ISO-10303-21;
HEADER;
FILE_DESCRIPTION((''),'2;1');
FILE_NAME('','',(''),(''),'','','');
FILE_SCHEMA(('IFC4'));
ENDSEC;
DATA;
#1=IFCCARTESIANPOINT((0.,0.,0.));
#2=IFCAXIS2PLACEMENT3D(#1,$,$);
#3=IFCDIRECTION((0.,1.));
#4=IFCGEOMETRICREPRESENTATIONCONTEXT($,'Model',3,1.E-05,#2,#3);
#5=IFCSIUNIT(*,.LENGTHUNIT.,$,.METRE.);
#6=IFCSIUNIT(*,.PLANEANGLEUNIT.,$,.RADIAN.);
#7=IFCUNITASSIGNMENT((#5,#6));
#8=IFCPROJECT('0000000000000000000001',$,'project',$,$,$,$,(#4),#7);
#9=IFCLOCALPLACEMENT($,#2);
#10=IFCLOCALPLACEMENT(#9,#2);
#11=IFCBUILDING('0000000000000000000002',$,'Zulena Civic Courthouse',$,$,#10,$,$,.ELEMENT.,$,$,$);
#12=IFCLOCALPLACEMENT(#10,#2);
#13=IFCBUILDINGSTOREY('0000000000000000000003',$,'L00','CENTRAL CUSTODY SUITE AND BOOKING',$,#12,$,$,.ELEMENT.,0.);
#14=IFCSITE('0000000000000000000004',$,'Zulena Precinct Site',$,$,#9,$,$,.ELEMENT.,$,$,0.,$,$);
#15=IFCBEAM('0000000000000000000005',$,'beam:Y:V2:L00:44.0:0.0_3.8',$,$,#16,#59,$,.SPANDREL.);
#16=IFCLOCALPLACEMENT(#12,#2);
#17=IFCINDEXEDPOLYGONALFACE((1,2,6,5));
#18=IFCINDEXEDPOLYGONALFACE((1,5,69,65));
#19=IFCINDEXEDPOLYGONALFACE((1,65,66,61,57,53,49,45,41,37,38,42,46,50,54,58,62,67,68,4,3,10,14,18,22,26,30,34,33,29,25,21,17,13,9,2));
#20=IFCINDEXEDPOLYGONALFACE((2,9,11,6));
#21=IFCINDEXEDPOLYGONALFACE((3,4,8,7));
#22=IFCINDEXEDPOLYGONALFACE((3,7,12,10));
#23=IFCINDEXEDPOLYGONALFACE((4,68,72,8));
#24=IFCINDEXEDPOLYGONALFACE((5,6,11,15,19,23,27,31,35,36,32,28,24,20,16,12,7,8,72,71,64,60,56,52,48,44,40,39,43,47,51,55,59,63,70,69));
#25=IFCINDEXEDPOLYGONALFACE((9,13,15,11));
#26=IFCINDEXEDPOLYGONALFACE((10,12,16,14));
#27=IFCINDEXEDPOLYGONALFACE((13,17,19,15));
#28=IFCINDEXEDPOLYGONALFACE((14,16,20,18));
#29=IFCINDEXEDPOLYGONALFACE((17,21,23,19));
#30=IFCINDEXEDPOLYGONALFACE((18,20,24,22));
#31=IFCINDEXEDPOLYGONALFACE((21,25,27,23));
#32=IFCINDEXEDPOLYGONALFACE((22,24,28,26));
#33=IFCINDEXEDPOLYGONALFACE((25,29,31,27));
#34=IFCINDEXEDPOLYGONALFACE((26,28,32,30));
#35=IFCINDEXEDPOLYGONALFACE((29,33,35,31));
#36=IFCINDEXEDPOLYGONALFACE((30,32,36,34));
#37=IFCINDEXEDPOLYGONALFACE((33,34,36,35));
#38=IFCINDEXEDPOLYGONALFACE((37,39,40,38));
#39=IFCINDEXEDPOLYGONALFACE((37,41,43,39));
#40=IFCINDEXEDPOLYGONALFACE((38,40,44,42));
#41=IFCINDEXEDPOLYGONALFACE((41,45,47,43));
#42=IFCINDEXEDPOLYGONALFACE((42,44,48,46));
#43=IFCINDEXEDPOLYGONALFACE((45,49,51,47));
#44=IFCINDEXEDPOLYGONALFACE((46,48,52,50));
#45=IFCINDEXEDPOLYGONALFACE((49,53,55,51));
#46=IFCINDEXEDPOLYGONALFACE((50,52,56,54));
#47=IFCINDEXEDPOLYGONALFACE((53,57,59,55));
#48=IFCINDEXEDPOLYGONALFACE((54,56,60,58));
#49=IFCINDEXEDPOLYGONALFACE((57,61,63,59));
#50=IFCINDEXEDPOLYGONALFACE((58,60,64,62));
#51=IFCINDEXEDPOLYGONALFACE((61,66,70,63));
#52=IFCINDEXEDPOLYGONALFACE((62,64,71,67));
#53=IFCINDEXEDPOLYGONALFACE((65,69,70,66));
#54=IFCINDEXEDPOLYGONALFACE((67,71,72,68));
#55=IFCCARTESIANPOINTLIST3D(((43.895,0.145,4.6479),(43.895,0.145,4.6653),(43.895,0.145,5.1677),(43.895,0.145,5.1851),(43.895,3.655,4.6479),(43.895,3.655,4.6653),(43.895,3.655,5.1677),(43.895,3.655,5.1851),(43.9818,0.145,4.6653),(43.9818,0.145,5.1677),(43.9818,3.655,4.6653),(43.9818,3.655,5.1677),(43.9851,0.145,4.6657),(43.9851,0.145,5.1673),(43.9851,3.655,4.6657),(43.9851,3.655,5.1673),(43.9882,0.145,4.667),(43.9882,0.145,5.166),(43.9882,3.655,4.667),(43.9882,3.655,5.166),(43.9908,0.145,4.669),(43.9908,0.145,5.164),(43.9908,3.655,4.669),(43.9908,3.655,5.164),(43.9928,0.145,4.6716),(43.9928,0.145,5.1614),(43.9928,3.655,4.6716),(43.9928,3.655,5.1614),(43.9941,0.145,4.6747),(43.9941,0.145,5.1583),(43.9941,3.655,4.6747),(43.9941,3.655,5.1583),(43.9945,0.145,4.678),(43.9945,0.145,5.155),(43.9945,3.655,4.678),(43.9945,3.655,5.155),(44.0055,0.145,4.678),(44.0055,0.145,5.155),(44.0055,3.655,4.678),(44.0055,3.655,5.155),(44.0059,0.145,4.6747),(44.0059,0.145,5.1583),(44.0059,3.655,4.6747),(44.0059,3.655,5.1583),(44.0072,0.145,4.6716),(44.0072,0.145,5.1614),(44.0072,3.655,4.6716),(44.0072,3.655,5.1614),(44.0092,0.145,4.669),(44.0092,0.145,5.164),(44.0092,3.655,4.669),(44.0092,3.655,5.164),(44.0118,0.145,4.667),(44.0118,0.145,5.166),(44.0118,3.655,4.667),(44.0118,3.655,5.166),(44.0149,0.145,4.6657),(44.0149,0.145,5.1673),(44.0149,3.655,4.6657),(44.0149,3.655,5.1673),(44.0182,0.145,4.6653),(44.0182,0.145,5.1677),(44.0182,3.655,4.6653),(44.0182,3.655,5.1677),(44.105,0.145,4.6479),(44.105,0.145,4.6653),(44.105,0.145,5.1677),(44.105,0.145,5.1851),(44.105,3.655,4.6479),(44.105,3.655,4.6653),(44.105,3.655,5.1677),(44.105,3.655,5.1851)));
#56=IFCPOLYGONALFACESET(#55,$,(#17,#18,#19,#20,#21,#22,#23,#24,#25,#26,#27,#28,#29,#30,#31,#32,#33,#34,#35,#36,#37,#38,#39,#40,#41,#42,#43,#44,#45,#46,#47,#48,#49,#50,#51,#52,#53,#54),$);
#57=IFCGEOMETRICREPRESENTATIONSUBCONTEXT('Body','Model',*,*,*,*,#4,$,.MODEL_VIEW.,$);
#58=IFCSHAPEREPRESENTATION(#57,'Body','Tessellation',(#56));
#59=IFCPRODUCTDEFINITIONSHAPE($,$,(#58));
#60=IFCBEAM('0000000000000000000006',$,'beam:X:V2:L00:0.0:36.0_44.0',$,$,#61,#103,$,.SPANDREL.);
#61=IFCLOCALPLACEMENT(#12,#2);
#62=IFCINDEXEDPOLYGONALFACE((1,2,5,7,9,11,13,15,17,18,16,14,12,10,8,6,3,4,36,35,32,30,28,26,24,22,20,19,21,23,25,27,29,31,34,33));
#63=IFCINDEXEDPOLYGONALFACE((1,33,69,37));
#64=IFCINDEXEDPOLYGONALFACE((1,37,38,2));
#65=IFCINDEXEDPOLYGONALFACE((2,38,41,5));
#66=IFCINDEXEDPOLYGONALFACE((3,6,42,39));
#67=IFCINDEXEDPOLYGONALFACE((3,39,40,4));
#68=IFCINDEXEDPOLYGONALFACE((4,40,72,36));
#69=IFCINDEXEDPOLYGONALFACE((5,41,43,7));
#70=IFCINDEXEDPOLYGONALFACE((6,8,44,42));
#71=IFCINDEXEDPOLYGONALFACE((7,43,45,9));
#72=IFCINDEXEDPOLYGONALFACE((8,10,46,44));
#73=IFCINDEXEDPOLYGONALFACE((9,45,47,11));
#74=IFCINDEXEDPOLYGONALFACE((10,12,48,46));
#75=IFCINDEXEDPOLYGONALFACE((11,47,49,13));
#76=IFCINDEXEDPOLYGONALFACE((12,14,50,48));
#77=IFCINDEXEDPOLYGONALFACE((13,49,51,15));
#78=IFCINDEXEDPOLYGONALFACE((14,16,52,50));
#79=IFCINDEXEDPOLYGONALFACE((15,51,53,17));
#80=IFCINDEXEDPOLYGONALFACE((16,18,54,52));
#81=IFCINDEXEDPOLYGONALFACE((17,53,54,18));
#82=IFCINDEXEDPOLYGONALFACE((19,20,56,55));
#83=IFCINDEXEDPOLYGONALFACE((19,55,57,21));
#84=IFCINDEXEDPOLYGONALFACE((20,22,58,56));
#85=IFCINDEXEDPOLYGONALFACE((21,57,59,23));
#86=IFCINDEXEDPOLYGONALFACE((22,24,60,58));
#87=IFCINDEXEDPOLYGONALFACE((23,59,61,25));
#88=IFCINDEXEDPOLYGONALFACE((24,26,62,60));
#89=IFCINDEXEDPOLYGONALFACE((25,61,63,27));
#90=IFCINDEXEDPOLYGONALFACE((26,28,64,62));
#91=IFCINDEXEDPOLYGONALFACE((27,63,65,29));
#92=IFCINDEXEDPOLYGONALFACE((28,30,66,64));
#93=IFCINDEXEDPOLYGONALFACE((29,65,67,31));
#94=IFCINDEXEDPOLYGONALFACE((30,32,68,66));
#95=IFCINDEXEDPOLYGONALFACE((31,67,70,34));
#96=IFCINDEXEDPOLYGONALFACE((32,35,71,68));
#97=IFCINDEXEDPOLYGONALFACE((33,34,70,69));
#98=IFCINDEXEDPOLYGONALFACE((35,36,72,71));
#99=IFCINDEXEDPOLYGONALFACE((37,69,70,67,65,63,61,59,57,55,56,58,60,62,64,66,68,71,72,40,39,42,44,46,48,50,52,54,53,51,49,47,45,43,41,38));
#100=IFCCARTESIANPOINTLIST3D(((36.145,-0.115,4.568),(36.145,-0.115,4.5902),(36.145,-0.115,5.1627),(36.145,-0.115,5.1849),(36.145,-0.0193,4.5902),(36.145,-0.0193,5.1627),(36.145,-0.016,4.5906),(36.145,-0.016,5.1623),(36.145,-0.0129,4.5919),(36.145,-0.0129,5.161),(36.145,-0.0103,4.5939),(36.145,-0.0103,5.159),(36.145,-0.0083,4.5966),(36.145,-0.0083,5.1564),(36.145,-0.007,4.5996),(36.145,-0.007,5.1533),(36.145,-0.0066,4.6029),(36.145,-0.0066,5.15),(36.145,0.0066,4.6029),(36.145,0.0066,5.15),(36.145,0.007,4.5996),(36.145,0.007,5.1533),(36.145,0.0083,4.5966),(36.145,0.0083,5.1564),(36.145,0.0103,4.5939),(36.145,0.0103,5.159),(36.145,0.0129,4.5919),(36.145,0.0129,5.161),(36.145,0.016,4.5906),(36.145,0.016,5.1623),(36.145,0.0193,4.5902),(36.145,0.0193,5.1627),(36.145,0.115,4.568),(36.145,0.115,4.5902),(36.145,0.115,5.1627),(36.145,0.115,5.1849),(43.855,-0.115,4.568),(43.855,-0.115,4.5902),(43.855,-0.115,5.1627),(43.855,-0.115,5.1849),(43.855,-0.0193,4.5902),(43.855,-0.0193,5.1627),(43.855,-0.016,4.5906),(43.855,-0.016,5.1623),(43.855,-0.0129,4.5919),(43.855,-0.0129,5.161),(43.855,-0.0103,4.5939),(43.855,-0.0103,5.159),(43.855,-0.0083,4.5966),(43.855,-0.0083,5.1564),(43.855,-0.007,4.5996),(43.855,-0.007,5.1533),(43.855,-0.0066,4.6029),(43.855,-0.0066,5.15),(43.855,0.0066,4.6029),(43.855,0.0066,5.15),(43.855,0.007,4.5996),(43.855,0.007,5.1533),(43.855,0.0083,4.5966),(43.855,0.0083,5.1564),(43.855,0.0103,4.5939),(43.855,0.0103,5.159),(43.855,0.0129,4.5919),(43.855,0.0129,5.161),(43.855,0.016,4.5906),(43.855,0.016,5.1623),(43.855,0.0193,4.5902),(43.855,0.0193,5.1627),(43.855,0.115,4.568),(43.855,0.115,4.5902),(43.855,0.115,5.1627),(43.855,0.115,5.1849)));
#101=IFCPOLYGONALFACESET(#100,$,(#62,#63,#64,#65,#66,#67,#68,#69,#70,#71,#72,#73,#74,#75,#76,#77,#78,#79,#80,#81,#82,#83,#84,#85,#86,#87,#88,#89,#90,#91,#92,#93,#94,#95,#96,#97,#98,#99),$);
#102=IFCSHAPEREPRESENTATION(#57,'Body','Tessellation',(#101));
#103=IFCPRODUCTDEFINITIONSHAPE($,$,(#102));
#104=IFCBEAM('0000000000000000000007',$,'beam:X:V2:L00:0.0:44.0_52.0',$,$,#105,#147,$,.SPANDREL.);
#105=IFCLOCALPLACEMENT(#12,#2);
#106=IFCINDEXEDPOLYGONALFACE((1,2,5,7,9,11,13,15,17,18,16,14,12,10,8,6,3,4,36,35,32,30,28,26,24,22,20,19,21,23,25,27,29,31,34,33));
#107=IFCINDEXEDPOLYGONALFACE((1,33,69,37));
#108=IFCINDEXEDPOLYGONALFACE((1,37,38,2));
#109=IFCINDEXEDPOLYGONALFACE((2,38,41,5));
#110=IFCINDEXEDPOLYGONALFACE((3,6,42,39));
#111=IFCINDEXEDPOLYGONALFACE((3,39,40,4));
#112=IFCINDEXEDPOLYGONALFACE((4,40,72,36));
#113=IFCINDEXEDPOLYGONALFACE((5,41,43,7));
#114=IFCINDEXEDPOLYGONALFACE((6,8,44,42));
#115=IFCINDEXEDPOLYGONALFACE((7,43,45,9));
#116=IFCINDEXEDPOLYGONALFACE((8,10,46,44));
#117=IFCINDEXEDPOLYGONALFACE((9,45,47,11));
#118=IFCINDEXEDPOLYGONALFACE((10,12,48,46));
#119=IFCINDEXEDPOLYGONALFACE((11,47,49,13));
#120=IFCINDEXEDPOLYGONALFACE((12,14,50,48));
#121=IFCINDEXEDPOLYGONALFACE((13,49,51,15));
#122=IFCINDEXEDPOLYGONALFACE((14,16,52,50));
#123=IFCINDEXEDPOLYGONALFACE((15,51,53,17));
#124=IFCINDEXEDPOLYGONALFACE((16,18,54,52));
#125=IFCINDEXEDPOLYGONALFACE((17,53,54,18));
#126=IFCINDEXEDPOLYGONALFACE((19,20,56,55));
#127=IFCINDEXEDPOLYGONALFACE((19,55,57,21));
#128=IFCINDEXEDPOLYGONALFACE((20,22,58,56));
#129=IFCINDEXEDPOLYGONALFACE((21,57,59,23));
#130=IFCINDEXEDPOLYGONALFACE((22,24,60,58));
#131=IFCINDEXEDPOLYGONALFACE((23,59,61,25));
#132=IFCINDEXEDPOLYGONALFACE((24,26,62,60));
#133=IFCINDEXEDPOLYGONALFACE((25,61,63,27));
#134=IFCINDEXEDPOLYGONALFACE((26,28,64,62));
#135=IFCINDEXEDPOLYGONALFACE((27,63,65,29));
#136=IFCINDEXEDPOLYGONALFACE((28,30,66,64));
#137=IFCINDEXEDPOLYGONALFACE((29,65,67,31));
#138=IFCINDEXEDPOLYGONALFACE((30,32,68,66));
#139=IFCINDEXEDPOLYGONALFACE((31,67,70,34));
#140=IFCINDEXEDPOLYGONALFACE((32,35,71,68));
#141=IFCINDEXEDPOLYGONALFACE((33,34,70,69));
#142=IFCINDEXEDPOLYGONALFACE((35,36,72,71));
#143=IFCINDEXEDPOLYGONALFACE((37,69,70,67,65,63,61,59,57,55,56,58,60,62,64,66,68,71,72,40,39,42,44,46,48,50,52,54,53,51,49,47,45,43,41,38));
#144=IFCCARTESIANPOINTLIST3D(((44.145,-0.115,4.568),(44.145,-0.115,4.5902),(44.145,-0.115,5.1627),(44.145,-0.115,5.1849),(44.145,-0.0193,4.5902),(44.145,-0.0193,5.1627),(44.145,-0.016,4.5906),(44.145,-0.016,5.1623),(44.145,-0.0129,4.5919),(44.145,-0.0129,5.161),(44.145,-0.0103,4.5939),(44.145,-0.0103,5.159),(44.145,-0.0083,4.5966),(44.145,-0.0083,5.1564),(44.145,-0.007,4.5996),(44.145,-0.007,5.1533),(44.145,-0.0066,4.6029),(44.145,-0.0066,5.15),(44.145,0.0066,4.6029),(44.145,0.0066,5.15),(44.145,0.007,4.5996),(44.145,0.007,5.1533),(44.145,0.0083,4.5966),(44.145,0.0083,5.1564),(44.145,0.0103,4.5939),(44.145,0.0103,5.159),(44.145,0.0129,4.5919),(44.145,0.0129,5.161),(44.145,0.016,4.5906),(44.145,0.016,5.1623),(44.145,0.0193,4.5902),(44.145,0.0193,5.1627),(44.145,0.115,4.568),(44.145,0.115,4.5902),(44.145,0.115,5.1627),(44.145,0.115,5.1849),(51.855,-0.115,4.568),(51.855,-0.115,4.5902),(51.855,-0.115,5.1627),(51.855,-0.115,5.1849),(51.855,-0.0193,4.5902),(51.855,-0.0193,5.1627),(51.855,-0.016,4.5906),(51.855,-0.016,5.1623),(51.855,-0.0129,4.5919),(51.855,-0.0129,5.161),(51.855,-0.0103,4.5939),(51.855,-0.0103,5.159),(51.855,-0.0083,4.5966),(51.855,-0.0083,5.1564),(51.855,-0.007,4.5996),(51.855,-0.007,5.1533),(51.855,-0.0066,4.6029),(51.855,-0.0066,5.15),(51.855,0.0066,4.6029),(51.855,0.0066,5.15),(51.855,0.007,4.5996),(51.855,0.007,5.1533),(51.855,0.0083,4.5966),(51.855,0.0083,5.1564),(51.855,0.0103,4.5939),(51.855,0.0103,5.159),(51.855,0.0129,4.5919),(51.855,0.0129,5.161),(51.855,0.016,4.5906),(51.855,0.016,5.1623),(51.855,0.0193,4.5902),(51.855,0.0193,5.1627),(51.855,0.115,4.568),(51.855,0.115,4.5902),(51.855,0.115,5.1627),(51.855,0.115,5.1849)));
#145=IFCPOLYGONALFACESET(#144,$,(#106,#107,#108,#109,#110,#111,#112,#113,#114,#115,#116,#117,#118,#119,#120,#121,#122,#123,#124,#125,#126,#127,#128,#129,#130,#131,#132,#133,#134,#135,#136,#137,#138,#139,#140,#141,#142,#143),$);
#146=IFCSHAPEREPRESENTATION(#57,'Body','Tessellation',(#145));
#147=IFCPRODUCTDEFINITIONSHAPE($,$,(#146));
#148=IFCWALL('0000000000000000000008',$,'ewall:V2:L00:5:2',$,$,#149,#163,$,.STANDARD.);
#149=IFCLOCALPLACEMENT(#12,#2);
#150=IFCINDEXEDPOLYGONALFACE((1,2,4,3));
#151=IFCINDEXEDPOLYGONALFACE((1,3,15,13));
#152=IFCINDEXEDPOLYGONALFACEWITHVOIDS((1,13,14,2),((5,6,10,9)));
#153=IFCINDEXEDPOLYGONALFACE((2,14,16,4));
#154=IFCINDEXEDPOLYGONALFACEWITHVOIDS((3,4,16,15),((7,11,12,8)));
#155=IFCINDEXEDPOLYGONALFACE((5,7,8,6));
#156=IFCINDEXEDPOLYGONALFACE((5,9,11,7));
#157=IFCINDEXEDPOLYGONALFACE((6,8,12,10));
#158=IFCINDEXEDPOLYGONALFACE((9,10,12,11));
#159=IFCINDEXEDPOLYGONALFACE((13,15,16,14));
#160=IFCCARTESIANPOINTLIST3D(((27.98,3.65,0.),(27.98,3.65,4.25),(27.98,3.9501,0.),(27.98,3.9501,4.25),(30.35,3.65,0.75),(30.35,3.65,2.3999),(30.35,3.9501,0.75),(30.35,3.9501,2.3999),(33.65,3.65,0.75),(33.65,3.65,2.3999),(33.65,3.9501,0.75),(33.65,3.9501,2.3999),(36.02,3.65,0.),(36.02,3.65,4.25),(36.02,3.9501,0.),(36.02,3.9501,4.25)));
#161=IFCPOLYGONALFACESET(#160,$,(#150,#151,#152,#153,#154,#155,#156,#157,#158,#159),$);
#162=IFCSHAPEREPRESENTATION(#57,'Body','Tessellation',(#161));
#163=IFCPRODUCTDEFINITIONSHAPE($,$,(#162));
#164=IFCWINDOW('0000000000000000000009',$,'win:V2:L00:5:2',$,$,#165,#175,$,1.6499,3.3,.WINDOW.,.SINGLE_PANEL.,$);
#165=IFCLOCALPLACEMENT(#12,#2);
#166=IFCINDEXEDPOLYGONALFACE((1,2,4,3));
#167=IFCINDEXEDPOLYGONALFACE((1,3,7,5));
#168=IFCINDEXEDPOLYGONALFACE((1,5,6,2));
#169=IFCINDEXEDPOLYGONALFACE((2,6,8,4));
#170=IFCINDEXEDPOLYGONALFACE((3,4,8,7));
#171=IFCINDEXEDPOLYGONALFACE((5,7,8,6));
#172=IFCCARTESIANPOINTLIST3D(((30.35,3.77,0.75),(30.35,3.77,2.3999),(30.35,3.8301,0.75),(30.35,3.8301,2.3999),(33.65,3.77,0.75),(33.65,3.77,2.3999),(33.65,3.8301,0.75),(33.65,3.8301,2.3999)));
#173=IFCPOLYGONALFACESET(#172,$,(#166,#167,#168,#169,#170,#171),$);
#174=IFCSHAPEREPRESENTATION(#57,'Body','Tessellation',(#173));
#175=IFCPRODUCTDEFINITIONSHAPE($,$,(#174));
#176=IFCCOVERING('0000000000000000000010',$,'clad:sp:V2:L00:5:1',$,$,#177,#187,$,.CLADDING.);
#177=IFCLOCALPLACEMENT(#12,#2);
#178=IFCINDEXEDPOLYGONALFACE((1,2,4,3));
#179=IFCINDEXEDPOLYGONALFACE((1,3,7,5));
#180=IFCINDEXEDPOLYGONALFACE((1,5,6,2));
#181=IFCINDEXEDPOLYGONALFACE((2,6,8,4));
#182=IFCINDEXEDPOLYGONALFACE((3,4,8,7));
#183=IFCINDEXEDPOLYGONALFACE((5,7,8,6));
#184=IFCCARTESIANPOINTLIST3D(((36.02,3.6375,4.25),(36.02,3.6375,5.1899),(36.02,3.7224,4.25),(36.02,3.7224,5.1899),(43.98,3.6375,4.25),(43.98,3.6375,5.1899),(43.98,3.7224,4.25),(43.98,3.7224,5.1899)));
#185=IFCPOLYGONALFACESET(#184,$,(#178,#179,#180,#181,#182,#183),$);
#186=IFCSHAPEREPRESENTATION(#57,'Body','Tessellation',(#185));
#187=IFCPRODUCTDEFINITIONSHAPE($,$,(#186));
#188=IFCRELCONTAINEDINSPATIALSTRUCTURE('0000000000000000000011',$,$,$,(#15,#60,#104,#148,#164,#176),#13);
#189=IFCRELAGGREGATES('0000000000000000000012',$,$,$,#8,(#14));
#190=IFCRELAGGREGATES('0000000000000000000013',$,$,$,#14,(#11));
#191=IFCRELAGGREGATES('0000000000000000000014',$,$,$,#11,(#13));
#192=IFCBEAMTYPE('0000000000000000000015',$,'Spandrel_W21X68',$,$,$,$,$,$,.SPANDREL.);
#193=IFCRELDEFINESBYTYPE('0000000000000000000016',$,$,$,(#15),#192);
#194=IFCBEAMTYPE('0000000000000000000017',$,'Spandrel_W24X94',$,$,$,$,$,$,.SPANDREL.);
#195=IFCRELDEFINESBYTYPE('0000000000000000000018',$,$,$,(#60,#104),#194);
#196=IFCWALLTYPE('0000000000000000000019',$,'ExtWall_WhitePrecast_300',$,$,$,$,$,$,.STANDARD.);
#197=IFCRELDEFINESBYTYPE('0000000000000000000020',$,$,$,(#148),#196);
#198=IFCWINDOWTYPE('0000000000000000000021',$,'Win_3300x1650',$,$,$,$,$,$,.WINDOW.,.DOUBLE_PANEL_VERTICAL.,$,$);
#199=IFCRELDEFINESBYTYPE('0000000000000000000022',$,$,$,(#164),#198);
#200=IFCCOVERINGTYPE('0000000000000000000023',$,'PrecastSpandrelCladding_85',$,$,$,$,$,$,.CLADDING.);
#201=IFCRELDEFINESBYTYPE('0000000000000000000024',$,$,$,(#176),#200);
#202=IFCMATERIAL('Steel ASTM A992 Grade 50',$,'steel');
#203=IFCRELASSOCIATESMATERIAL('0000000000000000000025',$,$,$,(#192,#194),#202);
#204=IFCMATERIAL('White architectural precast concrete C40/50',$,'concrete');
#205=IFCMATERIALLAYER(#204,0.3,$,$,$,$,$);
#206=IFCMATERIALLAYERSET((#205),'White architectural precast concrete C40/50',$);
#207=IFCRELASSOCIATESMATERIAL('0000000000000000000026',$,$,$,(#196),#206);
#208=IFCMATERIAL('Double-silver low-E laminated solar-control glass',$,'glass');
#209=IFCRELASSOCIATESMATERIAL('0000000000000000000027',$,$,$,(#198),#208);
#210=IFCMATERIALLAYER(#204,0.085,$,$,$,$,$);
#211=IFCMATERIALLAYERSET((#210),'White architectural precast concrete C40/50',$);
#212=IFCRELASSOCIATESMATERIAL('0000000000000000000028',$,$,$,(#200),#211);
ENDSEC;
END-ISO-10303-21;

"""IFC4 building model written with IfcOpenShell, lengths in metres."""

from ifc_helpers import new_model, si_unit, direction, frame, frame_2d, origin, origin_2d, place, context, subcontext, project, spatial, rectangle, i_section, extrude, material, layer, layer_set, material_profile, profile_set, type_object, element, fill, save


model = new_model("IFC4")

# Units and contexts
model_context = context("Model", 3, precision=1e-05, world=origin(), true_north=direction((0.0, 1.0)))
body_context = subcontext(model_context, "Body", "Model", "MODEL_VIEW")
ifc_project = project(units=[si_unit("LENGTHUNIT", "METRE"), si_unit("PLANEANGLEUNIT", "RADIAN")], contexts=[model_context])

# Site, building, storey
site_placement = place(None, origin())
site = spatial("IfcSite", under=ifc_project, at=site_placement, Name="Zulena Precinct Site", CompositionType="ELEMENT", RefElevation=0.0)
building_placement = place(site_placement, origin())
building = spatial("IfcBuilding", under=site, at=building_placement, Name="Zulena Civic Courthouse", CompositionType="ELEMENT")
storey_placement = place(building_placement, origin())
storey = spatial("IfcBuildingStorey", under=building, at=storey_placement, Name="L00", Description="CENTRAL CUSTODY SUITE AND BOOKING", CompositionType="ELEMENT", Elevation=0.0)

# Shared definitions
ifc_material_1 = material(Name="Steel ASTM A992 Grade 50", Category="steel")

# Beams
ifc_material_profile_1 = material_profile(ifc_material_1, i_section(OverallWidth=0.21, OverallDepth=0.5371, WebThickness=0.011, FlangeThickness=0.0173, FilletRadius=0.0127, at=origin_2d()), Name="W21X68")
ifc_profile_set_1 = profile_set([ifc_material_profile_1], Name="Steel ASTM A992 Grade 50")
beam_type_1 = type_object("IfcBeamType", Name="Spandrel_W21X68", PredefinedType="SPANDREL", material=ifc_profile_set_1)
beam_1_placement = place(storey_placement, frame((44.0, 0.145, 4.9165), z_axis=(0.0, 1.0, 0.0), x_axis=(-1.0, 0.0, 0.0)))
element("IfcBeam", 1, at=beam_1_placement, inside=storey, type_object=beam_type_1, Name="beam:Y:V2:L00:44.0:0.0_3.8", PredefinedType="SPANDREL", context=body_context, shape_type="SweptSolid", body=[
    extrude(i_section(OverallWidth=0.21, OverallDepth=0.5371, WebThickness=0.011, FlangeThickness=0.0173, FilletRadius=0.0127, at=origin_2d()), origin(), (0.0, 0.0, 1.0), 3.51),
])
ifc_material_profile_2 = material_profile(ifc_material_1, i_section(OverallWidth=0.23, OverallDepth=0.6169, WebThickness=0.0132, FlangeThickness=0.0222, FilletRadius=0.0127, at=origin_2d()), Name="W24X94")
ifc_profile_set_2 = profile_set([ifc_material_profile_2], Name="Steel ASTM A992 Grade 50")
beam_type_2 = type_object("IfcBeamType", Name="Spandrel_W24X94", PredefinedType="SPANDREL", material=ifc_profile_set_2)
for number, where, z_axis, x_axis, name in (
    (2, (36.145, 0.0, 4.8765), (1.0, 0.0, 0.0), (0.0, 1.0, 0.0), "beam:X:V2:L00:0.0:36.0_44.0"),
    (3, (44.145, 0.0, 4.8765), (1.0, 0.0, 0.0), (0.0, 1.0, 0.0), "beam:X:V2:L00:0.0:44.0_52.0"),
):
    element("IfcBeam", number, at=place(storey_placement, frame(where, z_axis=z_axis, x_axis=x_axis)), inside=storey, type_object=beam_type_2, Name=name, PredefinedType="SPANDREL", context=body_context, shape_type="SweptSolid", body=[
        extrude(i_section(OverallWidth=0.23, OverallDepth=0.6169, WebThickness=0.0132, FlangeThickness=0.0222, FilletRadius=0.0127, at=origin_2d()), origin(), (0.0, 0.0, 1.0), 7.71),
    ])

# Wall, opening, window
ifc_material_2 = material(Name="White architectural precast concrete C40/50", Category="concrete")
ifc_layer_1 = layer(ifc_material_2, 0.3)
ifc_layer_set_1 = layer_set([ifc_layer_1], Name="White architectural precast concrete C40/50")
wall_type = type_object("IfcWallType", Name="ExtWall_WhitePrecast_300", PredefinedType="STANDARD", material=ifc_layer_set_1)
wall_placement = place(storey_placement, frame((36.02, 3.8, 0.0), z_axis=(0.0, 0.0, 1.0), x_axis=(-1.0, 0.0, 0.0)))
wall = element("IfcWall", 4, at=wall_placement, inside=storey, type_object=wall_type, Name="ewall:V2:L00:5:2", PredefinedType="STANDARD", context=body_context, shape_type="SweptSolid", body=[
    extrude(rectangle(XDim=8.04, YDim=0.3, at=frame_2d((4.02, 0.0))), origin(), (0.0, 0.0, 1.0), 4.25),
])
opening_placement = place(wall_placement, frame((2.3701, 0.0, 0.75)))
opening = element("IfcOpeningElement", 5, at=opening_placement, cuts=wall, PredefinedType="OPENING", context=body_context, shape_type="SweptSolid", body=[
    extrude(rectangle(XDim=3.3, YDim=1.6499, at=frame_2d((1.6499, 0.825))), frame((0.0, 0.1599, 0.0), z_axis=(0.0, -1.0, 0.0), x_axis=(1.0, 0.0, 0.0)), (0.0, 0.0, 1.0), 0.3201),
])
ifc_material_3 = material(Name="Double-silver low-E laminated solar-control glass", Category="glass")
window_type = type_object("IfcWindowType", Name="Win_3300x1650", PartitioningType="DOUBLE_PANEL_VERTICAL", PredefinedType="WINDOW", material=ifc_material_3)
window_placement = place(opening_placement, origin())
window = element("IfcWindow", 6, at=window_placement, inside=storey, type_object=window_type, Name="win:V2:L00:5:2", OverallHeight=1.6499, OverallWidth=3.3, PartitioningType="SINGLE_PANEL", PredefinedType="WINDOW", context=body_context, shape_type="SweptSolid", body=[
    extrude(rectangle(XDim=3.3, YDim=1.6499, at=frame_2d((1.6499, 0.825))), frame((0.0, 0.03, 0.0), z_axis=(0.0, -1.0, 0.0), x_axis=(1.0, 0.0, 0.0)), (0.0, 0.0, 1.0), 0.0601),
])
fill(opening, window)

# Covering
ifc_layer_2 = layer(ifc_material_2, 0.085)
ifc_layer_set_2 = layer_set([ifc_layer_2], Name="White architectural precast concrete C40/50")
covering_type = type_object("IfcCoveringType", Name="PrecastSpandrelCladding_85", PredefinedType="CLADDING", material=ifc_layer_set_2)
covering_placement = place(storey_placement, frame((40.0, 3.6799, 4.25), z_axis=(0.0, 0.0, 1.0), x_axis=(-1.0, 0.0, 0.0)))
element("IfcCovering", 7, at=covering_placement, inside=storey, type_object=covering_type, Name="clad:sp:V2:L00:5:1", PredefinedType="CLADDING", context=body_context, shape_type="SweptSolid", body=[
    extrude(rectangle(XDim=7.96, YDim=0.085, at=origin_2d()), origin(), (0.0, 0.0, 1.0), 0.9399),
])

save(model, "model.ifc")
